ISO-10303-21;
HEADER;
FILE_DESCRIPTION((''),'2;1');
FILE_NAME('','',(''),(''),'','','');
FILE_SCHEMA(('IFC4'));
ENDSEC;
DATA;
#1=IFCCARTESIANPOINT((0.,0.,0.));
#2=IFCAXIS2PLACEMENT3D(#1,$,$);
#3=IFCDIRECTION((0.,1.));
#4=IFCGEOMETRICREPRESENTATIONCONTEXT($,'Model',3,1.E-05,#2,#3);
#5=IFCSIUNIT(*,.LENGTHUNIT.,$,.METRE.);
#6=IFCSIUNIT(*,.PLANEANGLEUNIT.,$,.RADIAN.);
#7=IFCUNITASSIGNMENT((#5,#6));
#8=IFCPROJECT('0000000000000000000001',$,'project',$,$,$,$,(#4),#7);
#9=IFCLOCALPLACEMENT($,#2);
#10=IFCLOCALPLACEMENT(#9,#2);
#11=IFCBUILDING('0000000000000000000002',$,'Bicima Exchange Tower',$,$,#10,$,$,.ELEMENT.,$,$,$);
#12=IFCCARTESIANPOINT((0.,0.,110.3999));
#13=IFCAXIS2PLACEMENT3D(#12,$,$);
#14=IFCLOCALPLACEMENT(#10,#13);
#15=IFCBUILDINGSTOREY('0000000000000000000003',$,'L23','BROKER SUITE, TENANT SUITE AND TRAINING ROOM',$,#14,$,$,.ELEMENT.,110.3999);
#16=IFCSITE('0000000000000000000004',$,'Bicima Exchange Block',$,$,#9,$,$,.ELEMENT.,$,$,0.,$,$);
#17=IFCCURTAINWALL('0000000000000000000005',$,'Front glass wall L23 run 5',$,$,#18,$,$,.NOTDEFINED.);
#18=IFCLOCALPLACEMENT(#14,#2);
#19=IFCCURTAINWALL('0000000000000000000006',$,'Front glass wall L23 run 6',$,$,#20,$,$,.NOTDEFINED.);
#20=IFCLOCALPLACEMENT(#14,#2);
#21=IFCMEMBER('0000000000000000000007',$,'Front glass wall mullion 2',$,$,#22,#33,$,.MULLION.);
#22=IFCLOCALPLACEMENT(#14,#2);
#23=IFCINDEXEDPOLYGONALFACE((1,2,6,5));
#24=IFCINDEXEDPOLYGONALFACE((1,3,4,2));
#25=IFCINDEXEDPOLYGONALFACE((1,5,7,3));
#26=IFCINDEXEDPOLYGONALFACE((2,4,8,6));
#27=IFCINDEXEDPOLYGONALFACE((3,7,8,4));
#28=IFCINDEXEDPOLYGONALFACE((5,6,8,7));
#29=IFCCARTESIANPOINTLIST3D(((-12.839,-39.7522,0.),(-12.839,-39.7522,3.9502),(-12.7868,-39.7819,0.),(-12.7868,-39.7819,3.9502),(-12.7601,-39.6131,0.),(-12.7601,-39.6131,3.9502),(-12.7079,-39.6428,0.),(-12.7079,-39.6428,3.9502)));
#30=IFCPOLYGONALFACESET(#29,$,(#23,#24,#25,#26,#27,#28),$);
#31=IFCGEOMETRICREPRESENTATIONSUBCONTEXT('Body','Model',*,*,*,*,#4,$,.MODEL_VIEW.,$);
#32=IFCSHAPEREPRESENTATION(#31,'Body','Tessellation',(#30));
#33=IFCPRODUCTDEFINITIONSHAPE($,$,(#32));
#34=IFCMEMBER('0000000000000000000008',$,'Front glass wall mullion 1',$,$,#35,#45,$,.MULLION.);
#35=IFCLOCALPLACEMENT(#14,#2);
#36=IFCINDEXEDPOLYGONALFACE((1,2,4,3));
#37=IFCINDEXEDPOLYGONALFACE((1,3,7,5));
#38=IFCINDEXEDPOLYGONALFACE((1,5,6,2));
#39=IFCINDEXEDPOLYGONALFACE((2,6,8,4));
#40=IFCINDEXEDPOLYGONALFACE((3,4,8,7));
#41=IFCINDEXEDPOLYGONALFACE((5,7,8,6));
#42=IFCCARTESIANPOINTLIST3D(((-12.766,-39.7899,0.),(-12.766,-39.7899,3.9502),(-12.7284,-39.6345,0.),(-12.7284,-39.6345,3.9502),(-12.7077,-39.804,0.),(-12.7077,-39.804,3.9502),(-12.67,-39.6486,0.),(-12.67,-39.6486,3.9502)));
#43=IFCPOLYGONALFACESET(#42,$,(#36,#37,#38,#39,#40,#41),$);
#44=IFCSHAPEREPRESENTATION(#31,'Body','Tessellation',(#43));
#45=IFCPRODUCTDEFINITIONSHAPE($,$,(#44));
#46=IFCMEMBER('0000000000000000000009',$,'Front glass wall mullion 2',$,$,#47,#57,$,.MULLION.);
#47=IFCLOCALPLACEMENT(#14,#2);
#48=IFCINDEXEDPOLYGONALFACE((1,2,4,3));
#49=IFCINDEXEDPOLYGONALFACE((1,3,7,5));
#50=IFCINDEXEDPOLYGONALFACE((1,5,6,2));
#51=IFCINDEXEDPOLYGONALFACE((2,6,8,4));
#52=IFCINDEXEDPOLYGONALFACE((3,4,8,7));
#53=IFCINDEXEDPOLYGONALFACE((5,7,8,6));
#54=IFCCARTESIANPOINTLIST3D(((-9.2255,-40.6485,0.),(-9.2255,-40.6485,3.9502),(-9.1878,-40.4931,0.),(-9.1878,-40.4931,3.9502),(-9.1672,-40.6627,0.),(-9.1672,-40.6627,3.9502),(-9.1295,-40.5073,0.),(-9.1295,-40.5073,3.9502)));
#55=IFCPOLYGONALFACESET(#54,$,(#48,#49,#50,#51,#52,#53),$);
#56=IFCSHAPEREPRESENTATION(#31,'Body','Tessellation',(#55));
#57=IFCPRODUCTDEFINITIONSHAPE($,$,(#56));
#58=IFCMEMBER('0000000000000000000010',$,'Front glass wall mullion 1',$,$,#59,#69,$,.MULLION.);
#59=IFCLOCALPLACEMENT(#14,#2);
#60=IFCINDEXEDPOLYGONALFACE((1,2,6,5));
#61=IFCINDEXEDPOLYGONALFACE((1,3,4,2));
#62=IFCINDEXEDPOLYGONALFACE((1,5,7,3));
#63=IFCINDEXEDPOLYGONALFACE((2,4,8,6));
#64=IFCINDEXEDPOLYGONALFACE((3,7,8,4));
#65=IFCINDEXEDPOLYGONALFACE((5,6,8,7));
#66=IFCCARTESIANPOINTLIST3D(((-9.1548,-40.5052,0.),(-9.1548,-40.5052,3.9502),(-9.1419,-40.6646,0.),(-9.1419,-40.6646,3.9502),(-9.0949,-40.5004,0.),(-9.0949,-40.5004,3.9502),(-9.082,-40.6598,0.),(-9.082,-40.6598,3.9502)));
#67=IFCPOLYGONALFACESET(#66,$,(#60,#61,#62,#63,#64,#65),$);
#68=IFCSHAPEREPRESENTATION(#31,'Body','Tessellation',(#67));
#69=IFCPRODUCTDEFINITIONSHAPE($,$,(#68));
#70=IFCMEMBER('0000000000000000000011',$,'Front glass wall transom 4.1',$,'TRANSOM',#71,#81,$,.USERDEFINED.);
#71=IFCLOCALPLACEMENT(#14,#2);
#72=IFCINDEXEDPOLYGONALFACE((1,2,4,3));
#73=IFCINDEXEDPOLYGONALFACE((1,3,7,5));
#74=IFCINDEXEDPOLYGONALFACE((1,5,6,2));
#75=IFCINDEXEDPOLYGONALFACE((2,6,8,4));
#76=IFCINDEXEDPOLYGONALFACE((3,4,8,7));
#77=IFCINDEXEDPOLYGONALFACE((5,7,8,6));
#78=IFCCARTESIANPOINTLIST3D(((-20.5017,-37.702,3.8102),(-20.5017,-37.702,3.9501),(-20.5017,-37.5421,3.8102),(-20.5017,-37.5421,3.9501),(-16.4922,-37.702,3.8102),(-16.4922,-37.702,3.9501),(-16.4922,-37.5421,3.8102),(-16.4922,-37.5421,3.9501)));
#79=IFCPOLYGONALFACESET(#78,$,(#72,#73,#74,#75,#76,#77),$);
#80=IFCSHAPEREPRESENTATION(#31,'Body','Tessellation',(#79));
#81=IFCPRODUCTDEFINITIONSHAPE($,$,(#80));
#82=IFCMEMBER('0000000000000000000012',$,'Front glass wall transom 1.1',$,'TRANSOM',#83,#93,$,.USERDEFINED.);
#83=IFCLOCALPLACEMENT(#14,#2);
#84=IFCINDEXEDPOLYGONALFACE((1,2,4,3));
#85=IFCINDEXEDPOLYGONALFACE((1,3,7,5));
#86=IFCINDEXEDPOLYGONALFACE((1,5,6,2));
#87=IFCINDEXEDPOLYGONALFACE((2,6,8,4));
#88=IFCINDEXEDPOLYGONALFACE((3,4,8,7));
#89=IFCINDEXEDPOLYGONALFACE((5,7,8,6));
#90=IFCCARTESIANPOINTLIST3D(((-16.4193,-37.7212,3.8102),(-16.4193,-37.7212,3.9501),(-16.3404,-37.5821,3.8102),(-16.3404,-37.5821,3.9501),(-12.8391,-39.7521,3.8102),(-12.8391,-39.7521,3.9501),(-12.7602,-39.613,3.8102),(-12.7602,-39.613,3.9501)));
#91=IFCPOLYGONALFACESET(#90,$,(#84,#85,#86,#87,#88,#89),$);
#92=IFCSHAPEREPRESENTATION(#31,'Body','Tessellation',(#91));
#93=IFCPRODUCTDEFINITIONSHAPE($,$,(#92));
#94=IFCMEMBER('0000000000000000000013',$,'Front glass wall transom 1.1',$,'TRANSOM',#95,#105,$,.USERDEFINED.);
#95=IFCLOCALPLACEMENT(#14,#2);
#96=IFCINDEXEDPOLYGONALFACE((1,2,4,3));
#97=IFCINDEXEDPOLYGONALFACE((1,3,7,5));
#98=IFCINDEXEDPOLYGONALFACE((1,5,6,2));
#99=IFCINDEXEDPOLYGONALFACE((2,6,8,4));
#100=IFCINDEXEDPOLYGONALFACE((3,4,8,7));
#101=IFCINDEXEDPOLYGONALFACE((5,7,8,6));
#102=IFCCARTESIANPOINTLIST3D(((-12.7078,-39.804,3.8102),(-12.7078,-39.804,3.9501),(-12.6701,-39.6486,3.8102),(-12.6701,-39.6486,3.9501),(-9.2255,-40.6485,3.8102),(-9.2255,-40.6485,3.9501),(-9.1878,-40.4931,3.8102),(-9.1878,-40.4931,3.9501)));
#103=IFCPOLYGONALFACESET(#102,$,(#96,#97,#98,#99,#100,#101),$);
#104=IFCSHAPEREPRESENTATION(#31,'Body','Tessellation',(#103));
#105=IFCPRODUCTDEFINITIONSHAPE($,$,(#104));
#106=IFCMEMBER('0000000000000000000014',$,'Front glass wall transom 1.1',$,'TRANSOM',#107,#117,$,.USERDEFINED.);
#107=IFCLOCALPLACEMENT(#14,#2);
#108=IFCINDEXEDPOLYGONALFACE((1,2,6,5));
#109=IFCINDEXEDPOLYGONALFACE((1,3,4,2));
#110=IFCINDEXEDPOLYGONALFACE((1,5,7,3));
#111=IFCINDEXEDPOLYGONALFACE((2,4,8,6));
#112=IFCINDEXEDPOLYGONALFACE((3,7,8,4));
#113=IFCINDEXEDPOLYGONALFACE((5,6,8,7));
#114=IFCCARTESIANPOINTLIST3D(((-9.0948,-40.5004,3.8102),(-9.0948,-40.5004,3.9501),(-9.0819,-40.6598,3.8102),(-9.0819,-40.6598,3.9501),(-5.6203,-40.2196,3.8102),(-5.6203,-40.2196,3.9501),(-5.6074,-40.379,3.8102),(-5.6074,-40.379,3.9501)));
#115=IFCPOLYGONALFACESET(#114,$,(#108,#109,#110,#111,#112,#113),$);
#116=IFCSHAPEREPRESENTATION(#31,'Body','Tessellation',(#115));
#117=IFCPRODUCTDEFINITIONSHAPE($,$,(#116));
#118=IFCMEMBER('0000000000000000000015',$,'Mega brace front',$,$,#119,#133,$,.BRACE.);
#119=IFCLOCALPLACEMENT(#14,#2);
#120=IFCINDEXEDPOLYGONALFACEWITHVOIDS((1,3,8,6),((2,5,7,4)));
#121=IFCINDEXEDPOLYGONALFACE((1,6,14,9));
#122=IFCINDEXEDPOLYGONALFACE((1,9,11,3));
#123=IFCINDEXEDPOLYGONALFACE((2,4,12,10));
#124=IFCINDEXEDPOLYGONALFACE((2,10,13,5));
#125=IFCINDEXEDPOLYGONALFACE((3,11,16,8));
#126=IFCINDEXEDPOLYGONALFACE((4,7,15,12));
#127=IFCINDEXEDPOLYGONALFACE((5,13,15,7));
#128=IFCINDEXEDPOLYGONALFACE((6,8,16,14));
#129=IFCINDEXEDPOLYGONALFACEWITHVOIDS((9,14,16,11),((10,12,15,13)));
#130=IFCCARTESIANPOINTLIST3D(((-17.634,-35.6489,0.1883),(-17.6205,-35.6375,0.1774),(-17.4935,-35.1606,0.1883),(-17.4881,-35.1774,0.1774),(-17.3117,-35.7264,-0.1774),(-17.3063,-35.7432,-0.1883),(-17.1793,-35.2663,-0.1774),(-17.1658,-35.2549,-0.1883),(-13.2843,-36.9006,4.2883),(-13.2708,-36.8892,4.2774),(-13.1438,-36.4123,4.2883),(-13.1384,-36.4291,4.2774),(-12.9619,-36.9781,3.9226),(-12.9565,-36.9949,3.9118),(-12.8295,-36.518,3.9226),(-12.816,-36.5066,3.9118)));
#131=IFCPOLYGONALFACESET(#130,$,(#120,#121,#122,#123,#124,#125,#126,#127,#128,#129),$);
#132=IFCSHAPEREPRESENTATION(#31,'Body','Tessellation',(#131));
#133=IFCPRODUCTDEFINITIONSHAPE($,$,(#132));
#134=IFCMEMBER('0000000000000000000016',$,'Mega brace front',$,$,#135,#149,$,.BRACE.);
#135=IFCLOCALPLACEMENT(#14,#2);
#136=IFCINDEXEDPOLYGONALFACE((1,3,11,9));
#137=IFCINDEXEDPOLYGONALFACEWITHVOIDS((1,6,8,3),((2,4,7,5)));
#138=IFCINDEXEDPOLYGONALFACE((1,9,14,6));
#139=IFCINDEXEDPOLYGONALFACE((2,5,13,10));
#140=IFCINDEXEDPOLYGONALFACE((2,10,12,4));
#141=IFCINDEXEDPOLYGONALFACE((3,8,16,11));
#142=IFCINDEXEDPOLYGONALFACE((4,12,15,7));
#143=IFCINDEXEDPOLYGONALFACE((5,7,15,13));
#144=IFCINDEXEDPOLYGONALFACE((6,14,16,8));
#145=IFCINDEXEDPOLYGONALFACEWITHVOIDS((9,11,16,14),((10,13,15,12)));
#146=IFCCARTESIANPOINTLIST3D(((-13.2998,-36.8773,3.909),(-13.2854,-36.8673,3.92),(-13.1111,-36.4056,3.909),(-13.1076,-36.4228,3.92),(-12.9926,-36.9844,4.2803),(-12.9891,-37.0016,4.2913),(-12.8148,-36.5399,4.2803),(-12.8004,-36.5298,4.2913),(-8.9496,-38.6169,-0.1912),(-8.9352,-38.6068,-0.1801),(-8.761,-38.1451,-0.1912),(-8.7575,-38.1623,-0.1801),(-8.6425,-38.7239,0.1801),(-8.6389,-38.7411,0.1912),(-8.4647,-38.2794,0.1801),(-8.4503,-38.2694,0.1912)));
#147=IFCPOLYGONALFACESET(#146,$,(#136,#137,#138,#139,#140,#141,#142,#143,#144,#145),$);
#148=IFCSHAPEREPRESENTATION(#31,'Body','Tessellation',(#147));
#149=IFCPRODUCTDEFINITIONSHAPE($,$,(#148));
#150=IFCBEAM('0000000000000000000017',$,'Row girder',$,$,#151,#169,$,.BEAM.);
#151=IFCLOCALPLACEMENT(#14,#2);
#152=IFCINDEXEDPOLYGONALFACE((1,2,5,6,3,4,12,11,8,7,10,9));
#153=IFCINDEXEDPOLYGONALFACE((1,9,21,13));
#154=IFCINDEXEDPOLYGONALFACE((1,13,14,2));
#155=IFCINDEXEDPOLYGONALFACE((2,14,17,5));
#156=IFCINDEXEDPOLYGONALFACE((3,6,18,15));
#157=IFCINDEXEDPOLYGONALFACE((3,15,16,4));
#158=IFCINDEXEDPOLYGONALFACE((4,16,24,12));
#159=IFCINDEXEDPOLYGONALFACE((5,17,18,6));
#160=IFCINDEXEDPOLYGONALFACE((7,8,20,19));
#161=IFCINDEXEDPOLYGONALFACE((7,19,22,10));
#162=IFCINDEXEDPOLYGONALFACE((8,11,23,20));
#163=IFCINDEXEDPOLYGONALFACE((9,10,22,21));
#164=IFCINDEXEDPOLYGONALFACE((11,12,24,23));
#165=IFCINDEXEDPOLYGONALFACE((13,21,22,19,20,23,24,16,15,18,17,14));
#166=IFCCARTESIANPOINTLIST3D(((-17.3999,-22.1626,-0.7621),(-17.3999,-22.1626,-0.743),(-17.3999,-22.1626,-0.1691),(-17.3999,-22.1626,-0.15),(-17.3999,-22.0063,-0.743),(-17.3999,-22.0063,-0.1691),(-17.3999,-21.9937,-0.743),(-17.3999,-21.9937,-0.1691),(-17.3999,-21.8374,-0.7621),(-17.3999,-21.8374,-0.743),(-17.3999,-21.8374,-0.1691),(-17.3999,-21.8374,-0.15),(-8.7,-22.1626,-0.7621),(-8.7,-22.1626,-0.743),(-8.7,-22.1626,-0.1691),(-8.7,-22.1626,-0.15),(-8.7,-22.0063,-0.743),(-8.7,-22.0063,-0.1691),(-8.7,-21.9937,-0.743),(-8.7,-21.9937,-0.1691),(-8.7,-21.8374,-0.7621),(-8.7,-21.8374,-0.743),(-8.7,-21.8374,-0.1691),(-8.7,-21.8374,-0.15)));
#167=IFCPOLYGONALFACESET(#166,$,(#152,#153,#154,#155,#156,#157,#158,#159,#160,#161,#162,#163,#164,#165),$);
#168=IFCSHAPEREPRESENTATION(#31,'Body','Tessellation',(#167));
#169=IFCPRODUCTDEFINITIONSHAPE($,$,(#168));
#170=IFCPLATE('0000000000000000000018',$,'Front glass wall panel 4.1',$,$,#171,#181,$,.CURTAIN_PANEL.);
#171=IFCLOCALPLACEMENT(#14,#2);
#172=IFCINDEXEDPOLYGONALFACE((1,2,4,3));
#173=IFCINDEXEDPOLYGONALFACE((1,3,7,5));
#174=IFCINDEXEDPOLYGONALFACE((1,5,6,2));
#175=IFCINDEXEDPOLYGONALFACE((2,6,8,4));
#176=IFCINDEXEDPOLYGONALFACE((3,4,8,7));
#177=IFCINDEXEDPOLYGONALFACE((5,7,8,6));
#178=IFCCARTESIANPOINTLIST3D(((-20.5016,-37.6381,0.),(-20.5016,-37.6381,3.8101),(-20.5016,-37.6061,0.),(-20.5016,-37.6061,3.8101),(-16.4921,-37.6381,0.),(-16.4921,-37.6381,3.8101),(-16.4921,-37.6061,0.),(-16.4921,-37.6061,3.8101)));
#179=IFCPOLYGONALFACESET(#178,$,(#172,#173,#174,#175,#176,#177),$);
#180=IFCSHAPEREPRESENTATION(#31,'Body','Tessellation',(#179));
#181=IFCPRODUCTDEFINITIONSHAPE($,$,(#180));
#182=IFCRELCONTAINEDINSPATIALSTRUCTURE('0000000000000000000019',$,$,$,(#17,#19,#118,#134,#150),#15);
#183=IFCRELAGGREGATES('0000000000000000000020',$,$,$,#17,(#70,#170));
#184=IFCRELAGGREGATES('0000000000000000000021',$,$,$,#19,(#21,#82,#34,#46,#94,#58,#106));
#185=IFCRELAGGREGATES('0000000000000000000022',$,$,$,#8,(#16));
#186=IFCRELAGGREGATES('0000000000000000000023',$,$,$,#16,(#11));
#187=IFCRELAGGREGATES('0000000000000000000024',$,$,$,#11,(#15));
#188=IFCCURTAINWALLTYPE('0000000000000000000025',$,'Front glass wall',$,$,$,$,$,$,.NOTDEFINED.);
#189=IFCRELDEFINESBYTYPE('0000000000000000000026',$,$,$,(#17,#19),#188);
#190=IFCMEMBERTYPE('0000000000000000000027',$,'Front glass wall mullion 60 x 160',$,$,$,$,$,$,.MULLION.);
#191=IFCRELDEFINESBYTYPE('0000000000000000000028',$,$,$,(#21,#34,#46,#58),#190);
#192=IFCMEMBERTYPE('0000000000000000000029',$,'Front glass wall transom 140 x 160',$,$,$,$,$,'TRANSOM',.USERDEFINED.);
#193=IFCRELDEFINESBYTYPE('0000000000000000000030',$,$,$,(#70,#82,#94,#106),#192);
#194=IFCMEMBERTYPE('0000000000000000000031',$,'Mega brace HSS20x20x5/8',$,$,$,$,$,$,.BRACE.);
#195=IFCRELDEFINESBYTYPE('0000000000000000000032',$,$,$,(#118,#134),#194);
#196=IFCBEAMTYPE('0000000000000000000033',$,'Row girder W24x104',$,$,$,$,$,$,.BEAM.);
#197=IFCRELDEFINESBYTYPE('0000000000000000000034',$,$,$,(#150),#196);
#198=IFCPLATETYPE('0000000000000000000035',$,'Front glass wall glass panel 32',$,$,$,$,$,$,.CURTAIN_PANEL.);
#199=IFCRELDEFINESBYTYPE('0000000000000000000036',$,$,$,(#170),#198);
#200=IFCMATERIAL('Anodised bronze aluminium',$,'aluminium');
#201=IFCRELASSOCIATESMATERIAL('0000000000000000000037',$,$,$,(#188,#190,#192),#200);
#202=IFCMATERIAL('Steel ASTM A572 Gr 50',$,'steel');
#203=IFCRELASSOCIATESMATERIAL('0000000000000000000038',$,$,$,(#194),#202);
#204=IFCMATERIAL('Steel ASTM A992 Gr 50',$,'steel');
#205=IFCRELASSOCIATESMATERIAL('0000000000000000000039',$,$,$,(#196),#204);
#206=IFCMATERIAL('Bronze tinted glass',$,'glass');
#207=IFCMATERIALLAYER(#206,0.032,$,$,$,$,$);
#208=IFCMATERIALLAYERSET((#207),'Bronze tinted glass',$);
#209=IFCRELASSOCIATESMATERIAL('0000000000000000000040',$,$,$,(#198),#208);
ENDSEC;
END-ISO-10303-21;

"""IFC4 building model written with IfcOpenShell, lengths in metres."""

from ifc_helpers import new_model, si_unit, direction, frame, origin, origin_2d, place, context, subcontext, project, spatial, rectangle, hollow_rectangle, i_section, extrude, material, layer, layer_set, material_profile, profile_set, type_object, element, aggregate, save


model = new_model("IFC4")

# Units and contexts
model_context = context("Model", 3, precision=1e-05, world=origin(), true_north=direction((0.0, 1.0)))
body_context = subcontext(model_context, "Body", "Model", "MODEL_VIEW")
ifc_project = project(units=[si_unit("LENGTHUNIT", "METRE"), si_unit("PLANEANGLEUNIT", "RADIAN")], contexts=[model_context])

# Site, building, storey
site_placement = place(None, origin())
site = spatial("IfcSite", under=ifc_project, at=site_placement, Name="Bicima Exchange Block", CompositionType="ELEMENT", RefElevation=0.0)
building_placement = place(site_placement, origin())
building = spatial("IfcBuilding", under=site, at=building_placement, Name="Bicima Exchange Tower", CompositionType="ELEMENT")
storey_placement = place(building_placement, frame((0.0, 0.0, 110.3999)))
storey = spatial("IfcBuildingStorey", under=building, at=storey_placement, Name="L23", Description="BROKER SUITE, TENANT SUITE AND TRAINING ROOM", CompositionType="ELEMENT", Elevation=110.3999)

# Shared definitions
ifc_material_1 = material(Name="Steel ASTM A992 Gr 50", Category="steel")

# Shared definitions
ifc_material_2 = material(Name="Steel ASTM A572 Gr 50", Category="steel")

# Curtain wall
ifc_material_3 = material(Name="Anodised bronze aluminium", Category="aluminium")
curtain_wall_type = type_object("IfcCurtainWallType", Name="Front glass wall", PredefinedType="NOTDEFINED", material=ifc_material_3)
curtain_wall_1_placement = place(storey_placement, origin())
curtain_wall_1 = element("IfcCurtainWall", 1, at=curtain_wall_1_placement, inside=storey, type_object=curtain_wall_type, Name="Front glass wall L23 run 5", PredefinedType="NOTDEFINED")
ifc_material_profile_1 = material_profile(ifc_material_3, rectangle(XDim=0.1599, YDim=0.0601, at=origin_2d()))
ifc_profile_set_1 = profile_set([ifc_material_profile_1], Name="Anodised bronze aluminium")
member_type_1 = type_object("IfcMemberType", Name="Front glass wall mullion 60 x 160", PredefinedType="MULLION", material=ifc_profile_set_1)

# Curtain wall, members
curtain_wall_2_placement = place(storey_placement, origin())
curtain_wall_2 = element("IfcCurtainWall", 2, at=curtain_wall_2_placement, inside=storey, type_object=curtain_wall_type, Name="Front glass wall L23 run 6", PredefinedType="NOTDEFINED")
member_1_placement = place(storey_placement, frame((-12.7734, -39.6975, 0.0), z_axis=(0.0, 0.0, 1.0), x_axis=(0.493395, 0.869805, 0.0)))
member_1 = element("IfcMember", 3, at=member_1_placement, type_object=member_type_1, Name="Front glass wall mullion 2", PredefinedType="MULLION", context=body_context, shape_type="SweptSolid", body=[
    extrude(rectangle(XDim=0.1599, YDim=0.0601, at=origin_2d()), origin(), (0.0, 0.0, 1.0), 3.9502),
])
member_2_placement = place(storey_placement, frame((-12.718, -39.7192, 0.0), z_axis=(0.0, 0.0, 1.0), x_axis=(0.235682, 0.97183, 0.0)))
member_2 = element("IfcMember", 4, at=member_2_placement, type_object=member_type_1, Name="Front glass wall mullion 1", PredefinedType="MULLION", context=body_context, shape_type="SweptSolid", body=[
    extrude(rectangle(XDim=0.1599, YDim=0.0601, at=origin_2d()), origin(), (0.0, 0.0, 1.0), 3.9502),
])
member_3_placement = place(storey_placement, frame((-9.1775, -40.5779, 0.0), z_axis=(0.0, 0.0, 1.0), x_axis=(0.235682, 0.97183, 0.0)))
member_3 = element("IfcMember", 5, at=member_3_placement, type_object=member_type_1, Name="Front glass wall mullion 2", PredefinedType="MULLION", context=body_context, shape_type="SweptSolid", body=[
    extrude(rectangle(XDim=0.1599, YDim=0.0601, at=origin_2d()), origin(), (0.0, 0.0, 1.0), 3.9502),
])
member_4_placement = place(storey_placement, frame((-9.1184, -40.5825, 0.0), z_axis=(0.0, 0.0, 1.0), x_axis=(-0.080589, 0.996747, 0.0)))
member_4 = element("IfcMember", 6, at=member_4_placement, type_object=member_type_1, Name="Front glass wall mullion 1", PredefinedType="MULLION", context=body_context, shape_type="SweptSolid", body=[
    extrude(rectangle(XDim=0.1599, YDim=0.0601, at=origin_2d()), origin(), (0.0, 0.0, 1.0), 3.9502),
])

# Members
ifc_material_profile_2 = material_profile(ifc_material_3, rectangle(XDim=0.1599, YDim=0.1399, at=origin_2d()))
ifc_profile_set_2 = profile_set([ifc_material_profile_2], Name="Anodised bronze aluminium")
member_type_2 = type_object("IfcMemberType", Name="Front glass wall transom 140 x 160", ElementType="TRANSOM", PredefinedType="USERDEFINED", material=ifc_profile_set_2)
member_5_placement = place(storey_placement, frame((-20.5017, -37.6221, 3.8801), z_axis=(1.0, 0.0, 0.0), x_axis=(0.0, 1.0, 0.0)))
member_5 = element("IfcMember", 7, at=member_5_placement, type_object=member_type_2, Name="Front glass wall transom 4.1", ObjectType="TRANSOM", PredefinedType="USERDEFINED", context=body_context, shape_type="SweptSolid", body=[
    extrude(rectangle(XDim=0.1599, YDim=0.1399, at=origin_2d()), origin(), (0.0, 0.0, 1.0), 4.0095),
])
member_6_placement = place(storey_placement, frame((-16.3799, -37.6516, 3.8801), z_axis=(0.869797, -0.493409, 0.0), x_axis=(0.493409, 0.869797, 0.0)))
member_6 = element("IfcMember", 8, at=member_6_placement, type_object=member_type_2, Name="Front glass wall transom 1.1", ObjectType="TRANSOM", PredefinedType="USERDEFINED", context=body_context, shape_type="SweptSolid", body=[
    extrude(rectangle(XDim=0.1599, YDim=0.1399, at=origin_2d()), origin(), (0.0, 0.0, 1.0), 4.1162),
])
member_7_placement = place(storey_placement, frame((-12.689, -39.7263, 3.8801), z_axis=(0.971834, -0.235668, 0.0), x_axis=(0.235668, 0.971834, 0.0)))
member_7 = element("IfcMember", 9, at=member_7_placement, type_object=member_type_2, Name="Front glass wall transom 1.1", ObjectType="TRANSOM", PredefinedType="USERDEFINED", context=body_context, shape_type="SweptSolid", body=[
    extrude(rectangle(XDim=0.1599, YDim=0.1399, at=origin_2d()), origin(), (0.0, 0.0, 1.0), 3.5833),
])
member_8_placement = place(storey_placement, frame((-9.0884, -40.5801, 3.8801), z_axis=(0.996751, 0.080541, 0.0), x_axis=(-0.080541, 0.996751, 0.0)))
member_8 = element("IfcMember", 10, at=member_8_placement, type_object=member_type_2, Name="Front glass wall transom 1.1", ObjectType="TRANSOM", PredefinedType="USERDEFINED", context=body_context, shape_type="SweptSolid", body=[
    extrude(rectangle(XDim=0.1599, YDim=0.1399, at=origin_2d()), origin(), (0.0, 0.0, 1.0), 3.4858),
])

# Members
ifc_material_profile_3 = material_profile(ifc_material_2, hollow_rectangle(XDim=0.5081, YDim=0.5081, WallThickness=0.0146, at=origin_2d()))
ifc_profile_set_3 = profile_set([ifc_material_profile_3], Name="Steel ASTM A572 Gr 50")
member_type_3 = type_object("IfcMemberType", Name="Mega brace HSS20x20x5/8", PredefinedType="BRACE", material=ifc_profile_set_3)
member_9_placement = place(storey_placement, frame((-17.3999, -35.4519, 0.0), z_axis=(0.712241, -0.204954, 0.671347), x_axis=(0.276537, 0.961003, 0.0)))
element("IfcMember", 11, at=member_9_placement, inside=storey, type_object=member_type_3, Name="Mega brace front", PredefinedType="BRACE", context=body_context, shape_type="SweptSolid", body=[
    extrude(hollow_rectangle(XDim=0.5081, YDim=0.5081, WallThickness=0.0146, at=origin_2d()), origin(), (0.0, 0.0, 1.0), 6.1072),
])
member_10_placement = place(storey_placement, frame((-8.7, -38.4431, 0.0), z_axis=(-0.698726, 0.279404, 0.65857), x_axis=(-0.371292, -0.928516, 0.0)))
element("IfcMember", 12, at=member_10_placement, inside=storey, type_object=member_type_3, Name="Mega brace front", PredefinedType="BRACE", context=body_context, shape_type="SweptSolid", body=[
    extrude(hollow_rectangle(XDim=0.5081, YDim=0.5081, WallThickness=0.0146, at=origin_2d()), origin(), (0.0, 0.0, 1.0), 6.2258),
])

# Beam
ifc_material_profile_4 = material_profile(ifc_material_1, i_section(OverallWidth=0.3252, OverallDepth=0.6121, WebThickness=0.0127, FlangeThickness=0.019, at=origin_2d()))
ifc_profile_set_4 = profile_set([ifc_material_profile_4], Name="Steel ASTM A992 Gr 50")
beam_type_1 = type_object("IfcBeamType", Name="Row girder W24x104", PredefinedType="BEAM", material=ifc_profile_set_4)
beam_1_placement = place(storey_placement, frame((-17.3999, -22.0, -0.4561), z_axis=(1.0, 0.0, 0.0), x_axis=(0.0, 1.0, 0.0)))
element("IfcBeam", 13, at=beam_1_placement, inside=storey, type_object=beam_type_1, Name="Row girder", PredefinedType="BEAM", context=body_context, shape_type="SweptSolid", body=[
    extrude(i_section(OverallWidth=0.3252, OverallDepth=0.6121, WebThickness=0.0127, FlangeThickness=0.019, at=origin_2d()), origin(), (0.0, 0.0, 1.0), 8.7),
])

# Plate
ifc_material_4 = material(Name="Bronze tinted glass", Category="glass")
ifc_layer_1 = layer(ifc_material_4, 0.032)
ifc_layer_set_1 = layer_set([ifc_layer_1], Name="Bronze tinted glass")
plate_type_1 = type_object("IfcPlateType", Name="Front glass wall glass panel 32", PredefinedType="CURTAIN_PANEL", material=ifc_layer_set_1)
plate_1_placement = place(storey_placement, frame((-18.4968, -37.6221, 0.0), z_axis=(0.0, 0.0, 1.0), x_axis=(1.0, 0.0, 0.0)))
plate_1 = element("IfcPlate", 14, at=plate_1_placement, type_object=plate_type_1, Name="Front glass wall panel 4.1", PredefinedType="CURTAIN_PANEL", context=body_context, shape_type="SweptSolid", body=[
    extrude(rectangle(XDim=4.0095, YDim=0.032, at=origin_2d()), origin(), (0.0, 0.0, 1.0), 3.8101),
])
aggregate(curtain_wall_1, [member_5, plate_1])
aggregate(curtain_wall_2, [member_1, member_6, member_2, member_3, member_7, member_4, member_8])

save(model, "model.ifc")
